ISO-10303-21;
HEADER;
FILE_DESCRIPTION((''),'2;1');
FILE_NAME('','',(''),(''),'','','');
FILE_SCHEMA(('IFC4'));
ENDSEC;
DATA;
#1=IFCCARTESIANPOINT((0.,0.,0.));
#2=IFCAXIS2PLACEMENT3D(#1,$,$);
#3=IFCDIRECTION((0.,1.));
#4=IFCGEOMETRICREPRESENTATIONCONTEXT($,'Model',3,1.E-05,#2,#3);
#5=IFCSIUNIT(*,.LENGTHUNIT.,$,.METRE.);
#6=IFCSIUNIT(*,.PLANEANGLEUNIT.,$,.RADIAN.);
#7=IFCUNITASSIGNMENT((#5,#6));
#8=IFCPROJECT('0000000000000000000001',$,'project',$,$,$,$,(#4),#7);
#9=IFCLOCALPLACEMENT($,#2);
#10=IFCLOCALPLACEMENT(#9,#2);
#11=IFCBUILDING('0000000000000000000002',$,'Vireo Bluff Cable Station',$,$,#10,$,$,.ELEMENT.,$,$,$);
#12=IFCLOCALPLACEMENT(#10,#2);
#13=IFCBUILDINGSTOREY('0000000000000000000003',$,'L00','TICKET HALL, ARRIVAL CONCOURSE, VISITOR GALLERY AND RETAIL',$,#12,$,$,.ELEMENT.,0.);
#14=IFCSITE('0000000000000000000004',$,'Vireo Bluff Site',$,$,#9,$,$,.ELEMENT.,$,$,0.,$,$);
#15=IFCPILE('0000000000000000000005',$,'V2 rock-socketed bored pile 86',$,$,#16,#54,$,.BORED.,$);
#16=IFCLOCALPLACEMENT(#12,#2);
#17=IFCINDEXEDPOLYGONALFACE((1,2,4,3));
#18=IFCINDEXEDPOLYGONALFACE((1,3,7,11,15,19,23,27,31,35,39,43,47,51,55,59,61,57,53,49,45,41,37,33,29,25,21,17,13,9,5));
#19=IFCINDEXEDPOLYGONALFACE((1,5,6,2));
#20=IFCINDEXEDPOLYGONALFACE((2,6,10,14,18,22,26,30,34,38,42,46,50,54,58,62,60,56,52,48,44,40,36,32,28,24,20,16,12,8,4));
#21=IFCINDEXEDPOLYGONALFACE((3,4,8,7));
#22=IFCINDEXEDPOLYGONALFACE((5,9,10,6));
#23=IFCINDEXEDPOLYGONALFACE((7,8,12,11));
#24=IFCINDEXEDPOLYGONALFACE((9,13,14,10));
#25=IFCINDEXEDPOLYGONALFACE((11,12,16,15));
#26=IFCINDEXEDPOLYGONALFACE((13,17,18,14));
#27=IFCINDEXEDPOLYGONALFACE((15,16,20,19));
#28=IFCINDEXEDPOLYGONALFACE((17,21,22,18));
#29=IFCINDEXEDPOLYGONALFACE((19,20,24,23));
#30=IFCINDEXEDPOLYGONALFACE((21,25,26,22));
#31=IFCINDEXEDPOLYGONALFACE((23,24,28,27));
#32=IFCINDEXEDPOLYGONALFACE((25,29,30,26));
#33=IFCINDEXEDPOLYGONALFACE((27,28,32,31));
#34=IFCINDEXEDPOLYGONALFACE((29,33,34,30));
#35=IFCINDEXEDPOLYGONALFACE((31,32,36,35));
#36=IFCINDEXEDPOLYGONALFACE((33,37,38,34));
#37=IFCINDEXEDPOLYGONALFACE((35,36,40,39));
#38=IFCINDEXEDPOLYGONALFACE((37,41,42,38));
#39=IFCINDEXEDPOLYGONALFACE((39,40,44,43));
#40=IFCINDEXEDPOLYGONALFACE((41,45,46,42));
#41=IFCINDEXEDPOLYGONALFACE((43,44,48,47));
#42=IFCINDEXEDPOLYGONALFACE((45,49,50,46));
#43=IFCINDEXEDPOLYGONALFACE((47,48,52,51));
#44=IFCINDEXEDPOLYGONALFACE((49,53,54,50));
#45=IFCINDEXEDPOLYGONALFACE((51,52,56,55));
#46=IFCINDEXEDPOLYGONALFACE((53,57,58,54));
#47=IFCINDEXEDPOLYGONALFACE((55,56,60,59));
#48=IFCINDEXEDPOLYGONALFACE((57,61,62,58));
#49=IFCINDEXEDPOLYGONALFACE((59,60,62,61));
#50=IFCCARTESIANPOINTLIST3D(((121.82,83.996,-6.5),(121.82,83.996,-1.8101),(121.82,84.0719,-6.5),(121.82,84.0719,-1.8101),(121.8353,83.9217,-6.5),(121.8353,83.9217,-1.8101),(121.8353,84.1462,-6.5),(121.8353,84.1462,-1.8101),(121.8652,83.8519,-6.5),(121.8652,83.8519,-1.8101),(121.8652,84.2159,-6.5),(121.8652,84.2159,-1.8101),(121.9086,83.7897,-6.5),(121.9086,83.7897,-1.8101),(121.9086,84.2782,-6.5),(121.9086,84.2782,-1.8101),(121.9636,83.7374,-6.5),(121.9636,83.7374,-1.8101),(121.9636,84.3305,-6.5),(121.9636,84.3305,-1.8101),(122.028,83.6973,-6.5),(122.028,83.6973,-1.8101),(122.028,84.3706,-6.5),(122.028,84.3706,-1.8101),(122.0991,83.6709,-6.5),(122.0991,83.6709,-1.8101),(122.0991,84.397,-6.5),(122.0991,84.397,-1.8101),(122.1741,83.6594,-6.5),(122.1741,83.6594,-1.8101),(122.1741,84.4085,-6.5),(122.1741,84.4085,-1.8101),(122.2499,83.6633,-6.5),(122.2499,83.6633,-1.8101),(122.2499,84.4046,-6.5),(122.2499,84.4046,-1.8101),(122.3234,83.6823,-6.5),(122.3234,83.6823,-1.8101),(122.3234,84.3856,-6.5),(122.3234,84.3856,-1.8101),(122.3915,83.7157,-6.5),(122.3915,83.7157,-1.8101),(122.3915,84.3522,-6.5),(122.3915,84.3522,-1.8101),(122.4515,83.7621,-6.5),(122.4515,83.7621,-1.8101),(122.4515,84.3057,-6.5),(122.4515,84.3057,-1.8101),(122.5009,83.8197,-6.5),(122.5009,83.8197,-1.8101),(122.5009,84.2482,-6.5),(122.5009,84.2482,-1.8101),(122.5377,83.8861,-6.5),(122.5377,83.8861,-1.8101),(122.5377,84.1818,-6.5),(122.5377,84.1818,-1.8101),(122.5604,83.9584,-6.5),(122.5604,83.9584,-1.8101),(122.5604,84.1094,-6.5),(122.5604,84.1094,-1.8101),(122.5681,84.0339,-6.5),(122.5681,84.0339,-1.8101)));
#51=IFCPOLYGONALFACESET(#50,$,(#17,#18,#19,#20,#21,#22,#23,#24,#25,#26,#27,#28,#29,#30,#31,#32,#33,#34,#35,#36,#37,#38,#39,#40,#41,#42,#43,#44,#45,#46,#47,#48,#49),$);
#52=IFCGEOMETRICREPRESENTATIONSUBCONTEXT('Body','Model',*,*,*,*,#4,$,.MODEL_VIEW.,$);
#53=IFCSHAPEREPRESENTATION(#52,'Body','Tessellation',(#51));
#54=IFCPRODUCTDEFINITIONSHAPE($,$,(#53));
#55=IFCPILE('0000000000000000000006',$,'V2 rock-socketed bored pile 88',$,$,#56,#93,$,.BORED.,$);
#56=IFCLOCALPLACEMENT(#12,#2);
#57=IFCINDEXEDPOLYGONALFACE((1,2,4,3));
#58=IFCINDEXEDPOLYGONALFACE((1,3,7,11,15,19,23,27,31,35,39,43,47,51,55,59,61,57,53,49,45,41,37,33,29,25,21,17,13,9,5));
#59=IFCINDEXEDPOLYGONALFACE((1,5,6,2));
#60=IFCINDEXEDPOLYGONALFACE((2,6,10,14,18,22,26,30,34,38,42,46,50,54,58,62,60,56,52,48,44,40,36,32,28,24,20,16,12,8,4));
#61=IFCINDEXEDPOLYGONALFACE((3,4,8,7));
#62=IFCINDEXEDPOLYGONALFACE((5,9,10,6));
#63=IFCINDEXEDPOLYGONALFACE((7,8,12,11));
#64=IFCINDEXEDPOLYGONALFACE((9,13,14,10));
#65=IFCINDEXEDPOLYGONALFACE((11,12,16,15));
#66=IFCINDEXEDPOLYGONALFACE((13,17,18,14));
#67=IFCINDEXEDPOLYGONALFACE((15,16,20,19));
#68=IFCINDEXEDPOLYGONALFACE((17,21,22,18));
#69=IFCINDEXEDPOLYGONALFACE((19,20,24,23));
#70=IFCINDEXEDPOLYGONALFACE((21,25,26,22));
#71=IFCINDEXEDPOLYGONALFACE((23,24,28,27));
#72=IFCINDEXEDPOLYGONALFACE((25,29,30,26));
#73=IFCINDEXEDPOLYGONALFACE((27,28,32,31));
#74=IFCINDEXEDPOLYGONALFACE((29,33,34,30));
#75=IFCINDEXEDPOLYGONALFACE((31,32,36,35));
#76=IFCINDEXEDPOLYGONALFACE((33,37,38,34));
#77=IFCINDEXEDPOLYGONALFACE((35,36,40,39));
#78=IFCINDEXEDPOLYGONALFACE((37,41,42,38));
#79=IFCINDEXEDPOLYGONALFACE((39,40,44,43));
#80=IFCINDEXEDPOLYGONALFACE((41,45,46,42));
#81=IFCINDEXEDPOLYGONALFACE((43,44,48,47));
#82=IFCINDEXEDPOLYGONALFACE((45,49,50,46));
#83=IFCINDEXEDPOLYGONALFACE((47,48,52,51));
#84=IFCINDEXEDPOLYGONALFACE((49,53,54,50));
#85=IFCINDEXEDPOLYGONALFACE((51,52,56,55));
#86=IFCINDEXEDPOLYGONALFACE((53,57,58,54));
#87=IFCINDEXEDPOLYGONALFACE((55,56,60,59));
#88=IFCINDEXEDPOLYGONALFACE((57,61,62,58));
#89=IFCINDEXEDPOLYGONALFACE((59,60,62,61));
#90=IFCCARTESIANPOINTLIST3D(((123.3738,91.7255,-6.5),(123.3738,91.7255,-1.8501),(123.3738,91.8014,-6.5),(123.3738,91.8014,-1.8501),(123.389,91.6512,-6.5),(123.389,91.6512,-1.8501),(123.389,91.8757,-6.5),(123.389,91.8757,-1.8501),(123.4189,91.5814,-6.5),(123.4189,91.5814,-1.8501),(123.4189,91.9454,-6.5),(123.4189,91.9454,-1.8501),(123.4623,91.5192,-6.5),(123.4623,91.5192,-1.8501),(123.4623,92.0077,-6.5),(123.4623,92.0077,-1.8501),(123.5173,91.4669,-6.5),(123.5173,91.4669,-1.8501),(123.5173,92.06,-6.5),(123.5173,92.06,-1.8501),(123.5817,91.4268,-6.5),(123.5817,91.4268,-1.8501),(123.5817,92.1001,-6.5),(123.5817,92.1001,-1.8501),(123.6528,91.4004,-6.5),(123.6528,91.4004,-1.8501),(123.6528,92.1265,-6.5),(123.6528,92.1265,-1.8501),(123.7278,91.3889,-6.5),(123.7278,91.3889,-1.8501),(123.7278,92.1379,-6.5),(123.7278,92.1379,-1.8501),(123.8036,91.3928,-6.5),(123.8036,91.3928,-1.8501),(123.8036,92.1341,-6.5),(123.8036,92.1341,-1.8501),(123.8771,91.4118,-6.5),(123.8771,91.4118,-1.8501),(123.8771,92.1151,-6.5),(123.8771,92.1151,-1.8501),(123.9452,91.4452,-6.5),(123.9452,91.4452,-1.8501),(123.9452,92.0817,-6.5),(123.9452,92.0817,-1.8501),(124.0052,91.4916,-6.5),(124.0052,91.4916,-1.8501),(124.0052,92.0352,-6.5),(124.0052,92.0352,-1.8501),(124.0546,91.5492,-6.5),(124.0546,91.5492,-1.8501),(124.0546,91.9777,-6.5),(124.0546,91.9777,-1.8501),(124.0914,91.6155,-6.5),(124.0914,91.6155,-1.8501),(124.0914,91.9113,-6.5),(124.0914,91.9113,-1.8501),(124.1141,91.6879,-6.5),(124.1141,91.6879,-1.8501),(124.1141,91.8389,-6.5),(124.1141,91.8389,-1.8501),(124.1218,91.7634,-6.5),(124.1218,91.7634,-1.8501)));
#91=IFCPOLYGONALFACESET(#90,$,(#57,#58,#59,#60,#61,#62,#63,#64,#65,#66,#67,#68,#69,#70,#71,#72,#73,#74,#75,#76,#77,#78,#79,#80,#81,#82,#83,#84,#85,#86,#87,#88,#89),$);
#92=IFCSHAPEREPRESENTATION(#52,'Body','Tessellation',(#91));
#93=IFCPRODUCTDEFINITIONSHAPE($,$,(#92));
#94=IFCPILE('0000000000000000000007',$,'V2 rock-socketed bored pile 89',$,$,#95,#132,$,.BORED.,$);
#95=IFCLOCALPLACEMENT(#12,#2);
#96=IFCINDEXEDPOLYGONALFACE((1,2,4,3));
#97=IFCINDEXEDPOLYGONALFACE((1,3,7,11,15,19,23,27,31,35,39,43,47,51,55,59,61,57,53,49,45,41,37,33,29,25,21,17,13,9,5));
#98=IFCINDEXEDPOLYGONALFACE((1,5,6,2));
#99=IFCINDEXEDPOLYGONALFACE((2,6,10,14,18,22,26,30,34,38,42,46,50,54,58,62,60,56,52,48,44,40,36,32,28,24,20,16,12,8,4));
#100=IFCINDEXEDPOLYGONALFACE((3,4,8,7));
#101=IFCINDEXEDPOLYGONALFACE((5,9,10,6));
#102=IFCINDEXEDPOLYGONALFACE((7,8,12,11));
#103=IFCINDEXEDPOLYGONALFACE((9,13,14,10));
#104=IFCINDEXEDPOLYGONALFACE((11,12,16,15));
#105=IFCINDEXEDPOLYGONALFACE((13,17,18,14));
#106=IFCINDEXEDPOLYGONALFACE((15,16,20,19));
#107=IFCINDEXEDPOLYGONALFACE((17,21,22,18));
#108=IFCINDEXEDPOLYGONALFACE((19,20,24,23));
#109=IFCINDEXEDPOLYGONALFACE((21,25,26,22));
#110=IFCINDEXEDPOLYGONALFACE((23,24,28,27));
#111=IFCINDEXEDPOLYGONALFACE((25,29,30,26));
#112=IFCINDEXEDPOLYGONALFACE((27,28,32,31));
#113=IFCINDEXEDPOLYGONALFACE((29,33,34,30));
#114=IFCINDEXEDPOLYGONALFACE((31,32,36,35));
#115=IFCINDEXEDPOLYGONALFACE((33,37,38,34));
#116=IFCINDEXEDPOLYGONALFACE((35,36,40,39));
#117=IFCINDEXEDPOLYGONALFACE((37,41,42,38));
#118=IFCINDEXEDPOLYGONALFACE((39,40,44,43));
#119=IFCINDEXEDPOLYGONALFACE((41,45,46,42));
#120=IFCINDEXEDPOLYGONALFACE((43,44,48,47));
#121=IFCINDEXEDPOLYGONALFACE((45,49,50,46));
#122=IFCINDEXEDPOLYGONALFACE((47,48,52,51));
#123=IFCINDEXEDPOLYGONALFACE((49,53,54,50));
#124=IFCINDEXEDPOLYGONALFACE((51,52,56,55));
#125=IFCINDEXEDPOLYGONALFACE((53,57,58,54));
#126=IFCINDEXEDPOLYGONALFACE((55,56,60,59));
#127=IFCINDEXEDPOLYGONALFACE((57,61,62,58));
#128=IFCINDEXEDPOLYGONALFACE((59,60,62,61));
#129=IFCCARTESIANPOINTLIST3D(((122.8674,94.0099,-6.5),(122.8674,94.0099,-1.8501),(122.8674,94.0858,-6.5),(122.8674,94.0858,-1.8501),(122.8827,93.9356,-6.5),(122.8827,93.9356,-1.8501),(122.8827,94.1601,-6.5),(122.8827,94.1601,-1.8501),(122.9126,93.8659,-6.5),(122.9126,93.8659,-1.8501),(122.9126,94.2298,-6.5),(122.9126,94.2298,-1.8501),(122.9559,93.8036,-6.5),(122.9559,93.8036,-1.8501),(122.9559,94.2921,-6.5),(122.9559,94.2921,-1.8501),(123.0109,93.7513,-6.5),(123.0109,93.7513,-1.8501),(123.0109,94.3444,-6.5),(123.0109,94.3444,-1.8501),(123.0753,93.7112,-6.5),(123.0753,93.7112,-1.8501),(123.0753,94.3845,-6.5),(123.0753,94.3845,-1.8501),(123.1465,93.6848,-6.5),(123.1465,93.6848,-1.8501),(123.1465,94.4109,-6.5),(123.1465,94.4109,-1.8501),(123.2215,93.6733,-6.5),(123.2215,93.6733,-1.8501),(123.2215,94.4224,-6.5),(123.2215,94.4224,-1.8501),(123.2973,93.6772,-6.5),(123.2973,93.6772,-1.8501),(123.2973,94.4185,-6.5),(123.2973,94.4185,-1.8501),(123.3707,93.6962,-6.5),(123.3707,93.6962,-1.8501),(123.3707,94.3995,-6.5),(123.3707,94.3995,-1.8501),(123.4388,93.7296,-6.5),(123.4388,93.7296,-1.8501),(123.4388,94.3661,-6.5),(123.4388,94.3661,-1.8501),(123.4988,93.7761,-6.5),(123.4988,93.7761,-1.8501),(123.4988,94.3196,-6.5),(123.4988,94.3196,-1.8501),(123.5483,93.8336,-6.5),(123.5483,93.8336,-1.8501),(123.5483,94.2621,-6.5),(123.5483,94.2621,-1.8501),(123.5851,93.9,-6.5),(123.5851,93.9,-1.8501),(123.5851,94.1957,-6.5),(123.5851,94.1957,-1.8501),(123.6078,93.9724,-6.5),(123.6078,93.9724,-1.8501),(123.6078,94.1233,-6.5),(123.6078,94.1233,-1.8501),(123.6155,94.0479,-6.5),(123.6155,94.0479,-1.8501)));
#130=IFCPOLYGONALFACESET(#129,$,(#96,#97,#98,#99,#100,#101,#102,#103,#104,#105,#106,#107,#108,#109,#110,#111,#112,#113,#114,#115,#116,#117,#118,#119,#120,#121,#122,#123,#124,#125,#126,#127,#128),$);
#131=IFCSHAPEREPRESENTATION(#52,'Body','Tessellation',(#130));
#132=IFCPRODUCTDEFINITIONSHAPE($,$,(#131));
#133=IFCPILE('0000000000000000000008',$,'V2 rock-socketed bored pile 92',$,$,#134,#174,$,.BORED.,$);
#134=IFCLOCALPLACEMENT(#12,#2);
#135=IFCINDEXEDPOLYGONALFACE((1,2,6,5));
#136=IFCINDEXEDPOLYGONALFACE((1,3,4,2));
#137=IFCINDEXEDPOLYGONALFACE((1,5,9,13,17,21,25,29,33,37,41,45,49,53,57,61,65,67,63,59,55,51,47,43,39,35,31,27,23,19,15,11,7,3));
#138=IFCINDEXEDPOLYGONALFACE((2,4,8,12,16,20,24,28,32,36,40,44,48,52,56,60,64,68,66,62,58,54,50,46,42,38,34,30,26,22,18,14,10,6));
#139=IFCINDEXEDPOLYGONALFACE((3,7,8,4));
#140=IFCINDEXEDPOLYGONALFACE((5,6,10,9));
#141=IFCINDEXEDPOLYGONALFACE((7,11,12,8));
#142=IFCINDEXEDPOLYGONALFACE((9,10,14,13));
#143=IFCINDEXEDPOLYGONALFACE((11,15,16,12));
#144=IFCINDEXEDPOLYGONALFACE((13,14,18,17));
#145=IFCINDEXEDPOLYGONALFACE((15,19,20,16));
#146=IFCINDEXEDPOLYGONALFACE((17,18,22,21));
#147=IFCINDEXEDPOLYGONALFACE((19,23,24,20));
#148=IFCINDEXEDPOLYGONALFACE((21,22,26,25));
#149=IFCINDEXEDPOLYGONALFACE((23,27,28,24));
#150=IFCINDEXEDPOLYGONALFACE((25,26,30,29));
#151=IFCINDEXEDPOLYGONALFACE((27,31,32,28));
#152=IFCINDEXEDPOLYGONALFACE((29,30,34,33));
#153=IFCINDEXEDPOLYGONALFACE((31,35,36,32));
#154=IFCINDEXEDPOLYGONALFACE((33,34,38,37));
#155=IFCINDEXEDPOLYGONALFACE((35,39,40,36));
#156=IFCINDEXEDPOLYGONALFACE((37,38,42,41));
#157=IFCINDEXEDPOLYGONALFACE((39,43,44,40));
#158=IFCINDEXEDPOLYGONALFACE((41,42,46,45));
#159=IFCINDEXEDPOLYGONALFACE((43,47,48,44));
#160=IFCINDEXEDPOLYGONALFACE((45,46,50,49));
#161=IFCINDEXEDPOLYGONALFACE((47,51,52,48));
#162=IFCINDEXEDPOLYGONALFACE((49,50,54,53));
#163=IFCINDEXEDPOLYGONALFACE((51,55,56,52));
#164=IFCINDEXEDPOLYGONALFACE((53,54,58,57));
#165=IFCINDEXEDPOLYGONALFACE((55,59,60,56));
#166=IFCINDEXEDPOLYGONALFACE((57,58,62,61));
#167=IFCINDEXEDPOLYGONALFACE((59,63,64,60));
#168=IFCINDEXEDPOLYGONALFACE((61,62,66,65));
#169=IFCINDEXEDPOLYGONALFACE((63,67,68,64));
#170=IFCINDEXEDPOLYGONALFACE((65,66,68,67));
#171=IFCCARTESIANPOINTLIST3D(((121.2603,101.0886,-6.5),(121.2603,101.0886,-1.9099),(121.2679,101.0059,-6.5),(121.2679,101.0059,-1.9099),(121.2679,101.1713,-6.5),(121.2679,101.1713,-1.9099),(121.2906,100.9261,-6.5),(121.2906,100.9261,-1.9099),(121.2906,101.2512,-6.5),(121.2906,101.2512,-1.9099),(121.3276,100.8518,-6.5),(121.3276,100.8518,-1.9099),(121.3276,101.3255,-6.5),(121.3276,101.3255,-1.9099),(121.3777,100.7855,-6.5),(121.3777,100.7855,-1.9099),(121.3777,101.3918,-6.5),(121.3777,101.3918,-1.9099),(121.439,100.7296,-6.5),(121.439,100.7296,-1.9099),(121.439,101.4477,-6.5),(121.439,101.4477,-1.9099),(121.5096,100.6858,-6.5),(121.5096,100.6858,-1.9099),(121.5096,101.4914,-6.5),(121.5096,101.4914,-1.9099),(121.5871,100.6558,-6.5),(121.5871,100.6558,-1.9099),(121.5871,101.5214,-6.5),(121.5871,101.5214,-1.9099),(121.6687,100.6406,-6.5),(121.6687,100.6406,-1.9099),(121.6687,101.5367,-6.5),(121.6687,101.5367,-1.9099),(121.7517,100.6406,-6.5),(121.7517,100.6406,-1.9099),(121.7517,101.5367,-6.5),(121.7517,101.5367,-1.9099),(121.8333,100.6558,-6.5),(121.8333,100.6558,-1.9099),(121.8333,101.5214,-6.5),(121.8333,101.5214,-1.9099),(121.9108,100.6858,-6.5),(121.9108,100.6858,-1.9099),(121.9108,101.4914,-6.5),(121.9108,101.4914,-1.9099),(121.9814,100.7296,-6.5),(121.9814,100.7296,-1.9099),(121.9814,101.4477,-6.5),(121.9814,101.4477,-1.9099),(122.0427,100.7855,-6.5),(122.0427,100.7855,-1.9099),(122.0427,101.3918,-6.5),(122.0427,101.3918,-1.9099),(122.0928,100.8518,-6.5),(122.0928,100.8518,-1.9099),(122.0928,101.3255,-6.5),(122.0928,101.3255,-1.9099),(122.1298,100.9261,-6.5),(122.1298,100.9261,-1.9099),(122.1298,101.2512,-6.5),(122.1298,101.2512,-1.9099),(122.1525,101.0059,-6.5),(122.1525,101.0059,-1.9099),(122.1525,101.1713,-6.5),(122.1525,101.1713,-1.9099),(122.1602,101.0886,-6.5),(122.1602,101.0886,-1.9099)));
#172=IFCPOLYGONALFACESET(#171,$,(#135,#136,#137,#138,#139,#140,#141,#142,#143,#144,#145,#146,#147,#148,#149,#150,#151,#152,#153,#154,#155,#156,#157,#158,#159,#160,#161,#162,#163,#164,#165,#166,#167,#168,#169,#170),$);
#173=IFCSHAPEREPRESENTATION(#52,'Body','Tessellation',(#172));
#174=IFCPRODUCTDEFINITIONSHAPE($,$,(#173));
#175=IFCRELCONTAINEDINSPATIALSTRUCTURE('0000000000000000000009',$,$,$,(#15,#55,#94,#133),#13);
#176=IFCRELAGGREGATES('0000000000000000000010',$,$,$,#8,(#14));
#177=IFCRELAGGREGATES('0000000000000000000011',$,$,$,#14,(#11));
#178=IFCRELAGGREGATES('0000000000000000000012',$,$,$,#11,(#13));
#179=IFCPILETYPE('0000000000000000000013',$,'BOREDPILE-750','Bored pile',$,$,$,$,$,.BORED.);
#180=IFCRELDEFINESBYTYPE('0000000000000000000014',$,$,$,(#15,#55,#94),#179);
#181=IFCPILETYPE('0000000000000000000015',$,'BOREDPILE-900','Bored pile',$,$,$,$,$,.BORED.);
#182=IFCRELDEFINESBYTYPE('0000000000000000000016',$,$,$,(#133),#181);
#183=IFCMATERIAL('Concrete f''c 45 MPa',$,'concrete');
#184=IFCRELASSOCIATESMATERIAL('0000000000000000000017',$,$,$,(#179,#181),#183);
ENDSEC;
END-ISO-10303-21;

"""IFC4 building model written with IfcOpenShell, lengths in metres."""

from ifc_helpers import new_model, si_unit, direction, frame, origin, origin_2d, place, context, subcontext, project, spatial, circle, extrude, material, material_profile, profile_set, type_object, element, save


model = new_model("IFC4")

# Units and contexts
model_context = context("Model", 3, precision=1e-05, world=origin(), true_north=direction((0.0, 1.0)))
body_context = subcontext(model_context, "Body", "Model", "MODEL_VIEW")
ifc_project = project(units=[si_unit("LENGTHUNIT", "METRE"), si_unit("PLANEANGLEUNIT", "RADIAN")], contexts=[model_context])

# Site, building, storey
site_placement = place(None, origin())
site = spatial("IfcSite", under=ifc_project, at=site_placement, Name="Vireo Bluff Site", CompositionType="ELEMENT", RefElevation=0.0)
building_placement = place(site_placement, origin())
building = spatial("IfcBuilding", under=site, at=building_placement, Name="Vireo Bluff Cable Station", CompositionType="ELEMENT")
storey_placement = place(building_placement, origin())
storey = spatial("IfcBuildingStorey", under=building, at=storey_placement, Name="L00", Description="TICKET HALL, ARRIVAL CONCOURSE, VISITOR GALLERY AND RETAIL", CompositionType="ELEMENT", Elevation=0.0)

# Piles
ifc_material_1 = material(Name="Concrete f'c 45 MPa", Category="concrete")
ifc_material_profile_1 = material_profile(ifc_material_1, circle(Radius=0.375, at=origin_2d()), Name="BOREDPILE-750")
ifc_profile_set_1 = profile_set([ifc_material_profile_1], Name="Concrete f'c 45 MPa")
pile_type_1 = type_object("IfcPileType", Name="BOREDPILE-750", Description="Bored pile", PredefinedType="BORED", material=ifc_profile_set_1)
pile_placement = place(storey_placement, frame((122.1931, 84.0339, -1.8101), z_axis=(0.0, 0.0, -1.0), x_axis=(1.0, 0.0, 0.0)))
element("IfcPile", 1, at=pile_placement, inside=storey, type_object=pile_type_1, Name="V2 rock-socketed bored pile 86", PredefinedType="BORED", context=body_context, shape_type="SweptSolid", body=[
    extrude(circle(Radius=0.375, at=origin_2d()), origin(), (0.0, 0.0, 1.0), 4.6899),
])
for number, where, z_axis, x_axis, name in (
    (2, (123.7468, 91.7634, -1.8501), (0.0, 0.0, -1.0), (1.0, 0.0, 0.0), "V2 rock-socketed bored pile 88"),
    (3, (123.2405, 94.0479, -1.8501), (0.0, 0.0, -1.0), (1.0, 0.0, 0.0), "V2 rock-socketed bored pile 89"),
):
    element("IfcPile", number, at=place(storey_placement, frame(where, z_axis=z_axis, x_axis=x_axis)), inside=storey, type_object=pile_type_1, Name=name, PredefinedType="BORED", context=body_context, shape_type="SweptSolid", body=[
        extrude(circle(Radius=0.375, at=origin_2d()), origin(), (0.0, 0.0, 1.0), 4.6499),
    ])
ifc_material_profile_2 = material_profile(ifc_material_1, circle(Radius=0.45, at=origin_2d()), Name="BOREDPILE-900")
ifc_profile_set_2 = profile_set([ifc_material_profile_2], Name="Concrete f'c 45 MPa")
pile_type_2 = type_object("IfcPileType", Name="BOREDPILE-900", Description="Bored pile", PredefinedType="BORED", material=ifc_profile_set_2)
for number, where, z_axis, x_axis, name in (
    (4, (121.7102, 101.0886, -1.9099), (0.0, 0.0, -1.0), (1.0, 0.0, 0.0), "V2 rock-socketed bored pile 92"),
):
    element("IfcPile", number, at=place(storey_placement, frame(where, z_axis=z_axis, x_axis=x_axis)), inside=storey, type_object=pile_type_2, Name=name, PredefinedType="BORED", context=body_context, shape_type="SweptSolid", body=[
        extrude(circle(Radius=0.45, at=origin_2d()), origin(), (0.0, 0.0, 1.0), 4.5901),
    ])

save(model, "model.ifc")
